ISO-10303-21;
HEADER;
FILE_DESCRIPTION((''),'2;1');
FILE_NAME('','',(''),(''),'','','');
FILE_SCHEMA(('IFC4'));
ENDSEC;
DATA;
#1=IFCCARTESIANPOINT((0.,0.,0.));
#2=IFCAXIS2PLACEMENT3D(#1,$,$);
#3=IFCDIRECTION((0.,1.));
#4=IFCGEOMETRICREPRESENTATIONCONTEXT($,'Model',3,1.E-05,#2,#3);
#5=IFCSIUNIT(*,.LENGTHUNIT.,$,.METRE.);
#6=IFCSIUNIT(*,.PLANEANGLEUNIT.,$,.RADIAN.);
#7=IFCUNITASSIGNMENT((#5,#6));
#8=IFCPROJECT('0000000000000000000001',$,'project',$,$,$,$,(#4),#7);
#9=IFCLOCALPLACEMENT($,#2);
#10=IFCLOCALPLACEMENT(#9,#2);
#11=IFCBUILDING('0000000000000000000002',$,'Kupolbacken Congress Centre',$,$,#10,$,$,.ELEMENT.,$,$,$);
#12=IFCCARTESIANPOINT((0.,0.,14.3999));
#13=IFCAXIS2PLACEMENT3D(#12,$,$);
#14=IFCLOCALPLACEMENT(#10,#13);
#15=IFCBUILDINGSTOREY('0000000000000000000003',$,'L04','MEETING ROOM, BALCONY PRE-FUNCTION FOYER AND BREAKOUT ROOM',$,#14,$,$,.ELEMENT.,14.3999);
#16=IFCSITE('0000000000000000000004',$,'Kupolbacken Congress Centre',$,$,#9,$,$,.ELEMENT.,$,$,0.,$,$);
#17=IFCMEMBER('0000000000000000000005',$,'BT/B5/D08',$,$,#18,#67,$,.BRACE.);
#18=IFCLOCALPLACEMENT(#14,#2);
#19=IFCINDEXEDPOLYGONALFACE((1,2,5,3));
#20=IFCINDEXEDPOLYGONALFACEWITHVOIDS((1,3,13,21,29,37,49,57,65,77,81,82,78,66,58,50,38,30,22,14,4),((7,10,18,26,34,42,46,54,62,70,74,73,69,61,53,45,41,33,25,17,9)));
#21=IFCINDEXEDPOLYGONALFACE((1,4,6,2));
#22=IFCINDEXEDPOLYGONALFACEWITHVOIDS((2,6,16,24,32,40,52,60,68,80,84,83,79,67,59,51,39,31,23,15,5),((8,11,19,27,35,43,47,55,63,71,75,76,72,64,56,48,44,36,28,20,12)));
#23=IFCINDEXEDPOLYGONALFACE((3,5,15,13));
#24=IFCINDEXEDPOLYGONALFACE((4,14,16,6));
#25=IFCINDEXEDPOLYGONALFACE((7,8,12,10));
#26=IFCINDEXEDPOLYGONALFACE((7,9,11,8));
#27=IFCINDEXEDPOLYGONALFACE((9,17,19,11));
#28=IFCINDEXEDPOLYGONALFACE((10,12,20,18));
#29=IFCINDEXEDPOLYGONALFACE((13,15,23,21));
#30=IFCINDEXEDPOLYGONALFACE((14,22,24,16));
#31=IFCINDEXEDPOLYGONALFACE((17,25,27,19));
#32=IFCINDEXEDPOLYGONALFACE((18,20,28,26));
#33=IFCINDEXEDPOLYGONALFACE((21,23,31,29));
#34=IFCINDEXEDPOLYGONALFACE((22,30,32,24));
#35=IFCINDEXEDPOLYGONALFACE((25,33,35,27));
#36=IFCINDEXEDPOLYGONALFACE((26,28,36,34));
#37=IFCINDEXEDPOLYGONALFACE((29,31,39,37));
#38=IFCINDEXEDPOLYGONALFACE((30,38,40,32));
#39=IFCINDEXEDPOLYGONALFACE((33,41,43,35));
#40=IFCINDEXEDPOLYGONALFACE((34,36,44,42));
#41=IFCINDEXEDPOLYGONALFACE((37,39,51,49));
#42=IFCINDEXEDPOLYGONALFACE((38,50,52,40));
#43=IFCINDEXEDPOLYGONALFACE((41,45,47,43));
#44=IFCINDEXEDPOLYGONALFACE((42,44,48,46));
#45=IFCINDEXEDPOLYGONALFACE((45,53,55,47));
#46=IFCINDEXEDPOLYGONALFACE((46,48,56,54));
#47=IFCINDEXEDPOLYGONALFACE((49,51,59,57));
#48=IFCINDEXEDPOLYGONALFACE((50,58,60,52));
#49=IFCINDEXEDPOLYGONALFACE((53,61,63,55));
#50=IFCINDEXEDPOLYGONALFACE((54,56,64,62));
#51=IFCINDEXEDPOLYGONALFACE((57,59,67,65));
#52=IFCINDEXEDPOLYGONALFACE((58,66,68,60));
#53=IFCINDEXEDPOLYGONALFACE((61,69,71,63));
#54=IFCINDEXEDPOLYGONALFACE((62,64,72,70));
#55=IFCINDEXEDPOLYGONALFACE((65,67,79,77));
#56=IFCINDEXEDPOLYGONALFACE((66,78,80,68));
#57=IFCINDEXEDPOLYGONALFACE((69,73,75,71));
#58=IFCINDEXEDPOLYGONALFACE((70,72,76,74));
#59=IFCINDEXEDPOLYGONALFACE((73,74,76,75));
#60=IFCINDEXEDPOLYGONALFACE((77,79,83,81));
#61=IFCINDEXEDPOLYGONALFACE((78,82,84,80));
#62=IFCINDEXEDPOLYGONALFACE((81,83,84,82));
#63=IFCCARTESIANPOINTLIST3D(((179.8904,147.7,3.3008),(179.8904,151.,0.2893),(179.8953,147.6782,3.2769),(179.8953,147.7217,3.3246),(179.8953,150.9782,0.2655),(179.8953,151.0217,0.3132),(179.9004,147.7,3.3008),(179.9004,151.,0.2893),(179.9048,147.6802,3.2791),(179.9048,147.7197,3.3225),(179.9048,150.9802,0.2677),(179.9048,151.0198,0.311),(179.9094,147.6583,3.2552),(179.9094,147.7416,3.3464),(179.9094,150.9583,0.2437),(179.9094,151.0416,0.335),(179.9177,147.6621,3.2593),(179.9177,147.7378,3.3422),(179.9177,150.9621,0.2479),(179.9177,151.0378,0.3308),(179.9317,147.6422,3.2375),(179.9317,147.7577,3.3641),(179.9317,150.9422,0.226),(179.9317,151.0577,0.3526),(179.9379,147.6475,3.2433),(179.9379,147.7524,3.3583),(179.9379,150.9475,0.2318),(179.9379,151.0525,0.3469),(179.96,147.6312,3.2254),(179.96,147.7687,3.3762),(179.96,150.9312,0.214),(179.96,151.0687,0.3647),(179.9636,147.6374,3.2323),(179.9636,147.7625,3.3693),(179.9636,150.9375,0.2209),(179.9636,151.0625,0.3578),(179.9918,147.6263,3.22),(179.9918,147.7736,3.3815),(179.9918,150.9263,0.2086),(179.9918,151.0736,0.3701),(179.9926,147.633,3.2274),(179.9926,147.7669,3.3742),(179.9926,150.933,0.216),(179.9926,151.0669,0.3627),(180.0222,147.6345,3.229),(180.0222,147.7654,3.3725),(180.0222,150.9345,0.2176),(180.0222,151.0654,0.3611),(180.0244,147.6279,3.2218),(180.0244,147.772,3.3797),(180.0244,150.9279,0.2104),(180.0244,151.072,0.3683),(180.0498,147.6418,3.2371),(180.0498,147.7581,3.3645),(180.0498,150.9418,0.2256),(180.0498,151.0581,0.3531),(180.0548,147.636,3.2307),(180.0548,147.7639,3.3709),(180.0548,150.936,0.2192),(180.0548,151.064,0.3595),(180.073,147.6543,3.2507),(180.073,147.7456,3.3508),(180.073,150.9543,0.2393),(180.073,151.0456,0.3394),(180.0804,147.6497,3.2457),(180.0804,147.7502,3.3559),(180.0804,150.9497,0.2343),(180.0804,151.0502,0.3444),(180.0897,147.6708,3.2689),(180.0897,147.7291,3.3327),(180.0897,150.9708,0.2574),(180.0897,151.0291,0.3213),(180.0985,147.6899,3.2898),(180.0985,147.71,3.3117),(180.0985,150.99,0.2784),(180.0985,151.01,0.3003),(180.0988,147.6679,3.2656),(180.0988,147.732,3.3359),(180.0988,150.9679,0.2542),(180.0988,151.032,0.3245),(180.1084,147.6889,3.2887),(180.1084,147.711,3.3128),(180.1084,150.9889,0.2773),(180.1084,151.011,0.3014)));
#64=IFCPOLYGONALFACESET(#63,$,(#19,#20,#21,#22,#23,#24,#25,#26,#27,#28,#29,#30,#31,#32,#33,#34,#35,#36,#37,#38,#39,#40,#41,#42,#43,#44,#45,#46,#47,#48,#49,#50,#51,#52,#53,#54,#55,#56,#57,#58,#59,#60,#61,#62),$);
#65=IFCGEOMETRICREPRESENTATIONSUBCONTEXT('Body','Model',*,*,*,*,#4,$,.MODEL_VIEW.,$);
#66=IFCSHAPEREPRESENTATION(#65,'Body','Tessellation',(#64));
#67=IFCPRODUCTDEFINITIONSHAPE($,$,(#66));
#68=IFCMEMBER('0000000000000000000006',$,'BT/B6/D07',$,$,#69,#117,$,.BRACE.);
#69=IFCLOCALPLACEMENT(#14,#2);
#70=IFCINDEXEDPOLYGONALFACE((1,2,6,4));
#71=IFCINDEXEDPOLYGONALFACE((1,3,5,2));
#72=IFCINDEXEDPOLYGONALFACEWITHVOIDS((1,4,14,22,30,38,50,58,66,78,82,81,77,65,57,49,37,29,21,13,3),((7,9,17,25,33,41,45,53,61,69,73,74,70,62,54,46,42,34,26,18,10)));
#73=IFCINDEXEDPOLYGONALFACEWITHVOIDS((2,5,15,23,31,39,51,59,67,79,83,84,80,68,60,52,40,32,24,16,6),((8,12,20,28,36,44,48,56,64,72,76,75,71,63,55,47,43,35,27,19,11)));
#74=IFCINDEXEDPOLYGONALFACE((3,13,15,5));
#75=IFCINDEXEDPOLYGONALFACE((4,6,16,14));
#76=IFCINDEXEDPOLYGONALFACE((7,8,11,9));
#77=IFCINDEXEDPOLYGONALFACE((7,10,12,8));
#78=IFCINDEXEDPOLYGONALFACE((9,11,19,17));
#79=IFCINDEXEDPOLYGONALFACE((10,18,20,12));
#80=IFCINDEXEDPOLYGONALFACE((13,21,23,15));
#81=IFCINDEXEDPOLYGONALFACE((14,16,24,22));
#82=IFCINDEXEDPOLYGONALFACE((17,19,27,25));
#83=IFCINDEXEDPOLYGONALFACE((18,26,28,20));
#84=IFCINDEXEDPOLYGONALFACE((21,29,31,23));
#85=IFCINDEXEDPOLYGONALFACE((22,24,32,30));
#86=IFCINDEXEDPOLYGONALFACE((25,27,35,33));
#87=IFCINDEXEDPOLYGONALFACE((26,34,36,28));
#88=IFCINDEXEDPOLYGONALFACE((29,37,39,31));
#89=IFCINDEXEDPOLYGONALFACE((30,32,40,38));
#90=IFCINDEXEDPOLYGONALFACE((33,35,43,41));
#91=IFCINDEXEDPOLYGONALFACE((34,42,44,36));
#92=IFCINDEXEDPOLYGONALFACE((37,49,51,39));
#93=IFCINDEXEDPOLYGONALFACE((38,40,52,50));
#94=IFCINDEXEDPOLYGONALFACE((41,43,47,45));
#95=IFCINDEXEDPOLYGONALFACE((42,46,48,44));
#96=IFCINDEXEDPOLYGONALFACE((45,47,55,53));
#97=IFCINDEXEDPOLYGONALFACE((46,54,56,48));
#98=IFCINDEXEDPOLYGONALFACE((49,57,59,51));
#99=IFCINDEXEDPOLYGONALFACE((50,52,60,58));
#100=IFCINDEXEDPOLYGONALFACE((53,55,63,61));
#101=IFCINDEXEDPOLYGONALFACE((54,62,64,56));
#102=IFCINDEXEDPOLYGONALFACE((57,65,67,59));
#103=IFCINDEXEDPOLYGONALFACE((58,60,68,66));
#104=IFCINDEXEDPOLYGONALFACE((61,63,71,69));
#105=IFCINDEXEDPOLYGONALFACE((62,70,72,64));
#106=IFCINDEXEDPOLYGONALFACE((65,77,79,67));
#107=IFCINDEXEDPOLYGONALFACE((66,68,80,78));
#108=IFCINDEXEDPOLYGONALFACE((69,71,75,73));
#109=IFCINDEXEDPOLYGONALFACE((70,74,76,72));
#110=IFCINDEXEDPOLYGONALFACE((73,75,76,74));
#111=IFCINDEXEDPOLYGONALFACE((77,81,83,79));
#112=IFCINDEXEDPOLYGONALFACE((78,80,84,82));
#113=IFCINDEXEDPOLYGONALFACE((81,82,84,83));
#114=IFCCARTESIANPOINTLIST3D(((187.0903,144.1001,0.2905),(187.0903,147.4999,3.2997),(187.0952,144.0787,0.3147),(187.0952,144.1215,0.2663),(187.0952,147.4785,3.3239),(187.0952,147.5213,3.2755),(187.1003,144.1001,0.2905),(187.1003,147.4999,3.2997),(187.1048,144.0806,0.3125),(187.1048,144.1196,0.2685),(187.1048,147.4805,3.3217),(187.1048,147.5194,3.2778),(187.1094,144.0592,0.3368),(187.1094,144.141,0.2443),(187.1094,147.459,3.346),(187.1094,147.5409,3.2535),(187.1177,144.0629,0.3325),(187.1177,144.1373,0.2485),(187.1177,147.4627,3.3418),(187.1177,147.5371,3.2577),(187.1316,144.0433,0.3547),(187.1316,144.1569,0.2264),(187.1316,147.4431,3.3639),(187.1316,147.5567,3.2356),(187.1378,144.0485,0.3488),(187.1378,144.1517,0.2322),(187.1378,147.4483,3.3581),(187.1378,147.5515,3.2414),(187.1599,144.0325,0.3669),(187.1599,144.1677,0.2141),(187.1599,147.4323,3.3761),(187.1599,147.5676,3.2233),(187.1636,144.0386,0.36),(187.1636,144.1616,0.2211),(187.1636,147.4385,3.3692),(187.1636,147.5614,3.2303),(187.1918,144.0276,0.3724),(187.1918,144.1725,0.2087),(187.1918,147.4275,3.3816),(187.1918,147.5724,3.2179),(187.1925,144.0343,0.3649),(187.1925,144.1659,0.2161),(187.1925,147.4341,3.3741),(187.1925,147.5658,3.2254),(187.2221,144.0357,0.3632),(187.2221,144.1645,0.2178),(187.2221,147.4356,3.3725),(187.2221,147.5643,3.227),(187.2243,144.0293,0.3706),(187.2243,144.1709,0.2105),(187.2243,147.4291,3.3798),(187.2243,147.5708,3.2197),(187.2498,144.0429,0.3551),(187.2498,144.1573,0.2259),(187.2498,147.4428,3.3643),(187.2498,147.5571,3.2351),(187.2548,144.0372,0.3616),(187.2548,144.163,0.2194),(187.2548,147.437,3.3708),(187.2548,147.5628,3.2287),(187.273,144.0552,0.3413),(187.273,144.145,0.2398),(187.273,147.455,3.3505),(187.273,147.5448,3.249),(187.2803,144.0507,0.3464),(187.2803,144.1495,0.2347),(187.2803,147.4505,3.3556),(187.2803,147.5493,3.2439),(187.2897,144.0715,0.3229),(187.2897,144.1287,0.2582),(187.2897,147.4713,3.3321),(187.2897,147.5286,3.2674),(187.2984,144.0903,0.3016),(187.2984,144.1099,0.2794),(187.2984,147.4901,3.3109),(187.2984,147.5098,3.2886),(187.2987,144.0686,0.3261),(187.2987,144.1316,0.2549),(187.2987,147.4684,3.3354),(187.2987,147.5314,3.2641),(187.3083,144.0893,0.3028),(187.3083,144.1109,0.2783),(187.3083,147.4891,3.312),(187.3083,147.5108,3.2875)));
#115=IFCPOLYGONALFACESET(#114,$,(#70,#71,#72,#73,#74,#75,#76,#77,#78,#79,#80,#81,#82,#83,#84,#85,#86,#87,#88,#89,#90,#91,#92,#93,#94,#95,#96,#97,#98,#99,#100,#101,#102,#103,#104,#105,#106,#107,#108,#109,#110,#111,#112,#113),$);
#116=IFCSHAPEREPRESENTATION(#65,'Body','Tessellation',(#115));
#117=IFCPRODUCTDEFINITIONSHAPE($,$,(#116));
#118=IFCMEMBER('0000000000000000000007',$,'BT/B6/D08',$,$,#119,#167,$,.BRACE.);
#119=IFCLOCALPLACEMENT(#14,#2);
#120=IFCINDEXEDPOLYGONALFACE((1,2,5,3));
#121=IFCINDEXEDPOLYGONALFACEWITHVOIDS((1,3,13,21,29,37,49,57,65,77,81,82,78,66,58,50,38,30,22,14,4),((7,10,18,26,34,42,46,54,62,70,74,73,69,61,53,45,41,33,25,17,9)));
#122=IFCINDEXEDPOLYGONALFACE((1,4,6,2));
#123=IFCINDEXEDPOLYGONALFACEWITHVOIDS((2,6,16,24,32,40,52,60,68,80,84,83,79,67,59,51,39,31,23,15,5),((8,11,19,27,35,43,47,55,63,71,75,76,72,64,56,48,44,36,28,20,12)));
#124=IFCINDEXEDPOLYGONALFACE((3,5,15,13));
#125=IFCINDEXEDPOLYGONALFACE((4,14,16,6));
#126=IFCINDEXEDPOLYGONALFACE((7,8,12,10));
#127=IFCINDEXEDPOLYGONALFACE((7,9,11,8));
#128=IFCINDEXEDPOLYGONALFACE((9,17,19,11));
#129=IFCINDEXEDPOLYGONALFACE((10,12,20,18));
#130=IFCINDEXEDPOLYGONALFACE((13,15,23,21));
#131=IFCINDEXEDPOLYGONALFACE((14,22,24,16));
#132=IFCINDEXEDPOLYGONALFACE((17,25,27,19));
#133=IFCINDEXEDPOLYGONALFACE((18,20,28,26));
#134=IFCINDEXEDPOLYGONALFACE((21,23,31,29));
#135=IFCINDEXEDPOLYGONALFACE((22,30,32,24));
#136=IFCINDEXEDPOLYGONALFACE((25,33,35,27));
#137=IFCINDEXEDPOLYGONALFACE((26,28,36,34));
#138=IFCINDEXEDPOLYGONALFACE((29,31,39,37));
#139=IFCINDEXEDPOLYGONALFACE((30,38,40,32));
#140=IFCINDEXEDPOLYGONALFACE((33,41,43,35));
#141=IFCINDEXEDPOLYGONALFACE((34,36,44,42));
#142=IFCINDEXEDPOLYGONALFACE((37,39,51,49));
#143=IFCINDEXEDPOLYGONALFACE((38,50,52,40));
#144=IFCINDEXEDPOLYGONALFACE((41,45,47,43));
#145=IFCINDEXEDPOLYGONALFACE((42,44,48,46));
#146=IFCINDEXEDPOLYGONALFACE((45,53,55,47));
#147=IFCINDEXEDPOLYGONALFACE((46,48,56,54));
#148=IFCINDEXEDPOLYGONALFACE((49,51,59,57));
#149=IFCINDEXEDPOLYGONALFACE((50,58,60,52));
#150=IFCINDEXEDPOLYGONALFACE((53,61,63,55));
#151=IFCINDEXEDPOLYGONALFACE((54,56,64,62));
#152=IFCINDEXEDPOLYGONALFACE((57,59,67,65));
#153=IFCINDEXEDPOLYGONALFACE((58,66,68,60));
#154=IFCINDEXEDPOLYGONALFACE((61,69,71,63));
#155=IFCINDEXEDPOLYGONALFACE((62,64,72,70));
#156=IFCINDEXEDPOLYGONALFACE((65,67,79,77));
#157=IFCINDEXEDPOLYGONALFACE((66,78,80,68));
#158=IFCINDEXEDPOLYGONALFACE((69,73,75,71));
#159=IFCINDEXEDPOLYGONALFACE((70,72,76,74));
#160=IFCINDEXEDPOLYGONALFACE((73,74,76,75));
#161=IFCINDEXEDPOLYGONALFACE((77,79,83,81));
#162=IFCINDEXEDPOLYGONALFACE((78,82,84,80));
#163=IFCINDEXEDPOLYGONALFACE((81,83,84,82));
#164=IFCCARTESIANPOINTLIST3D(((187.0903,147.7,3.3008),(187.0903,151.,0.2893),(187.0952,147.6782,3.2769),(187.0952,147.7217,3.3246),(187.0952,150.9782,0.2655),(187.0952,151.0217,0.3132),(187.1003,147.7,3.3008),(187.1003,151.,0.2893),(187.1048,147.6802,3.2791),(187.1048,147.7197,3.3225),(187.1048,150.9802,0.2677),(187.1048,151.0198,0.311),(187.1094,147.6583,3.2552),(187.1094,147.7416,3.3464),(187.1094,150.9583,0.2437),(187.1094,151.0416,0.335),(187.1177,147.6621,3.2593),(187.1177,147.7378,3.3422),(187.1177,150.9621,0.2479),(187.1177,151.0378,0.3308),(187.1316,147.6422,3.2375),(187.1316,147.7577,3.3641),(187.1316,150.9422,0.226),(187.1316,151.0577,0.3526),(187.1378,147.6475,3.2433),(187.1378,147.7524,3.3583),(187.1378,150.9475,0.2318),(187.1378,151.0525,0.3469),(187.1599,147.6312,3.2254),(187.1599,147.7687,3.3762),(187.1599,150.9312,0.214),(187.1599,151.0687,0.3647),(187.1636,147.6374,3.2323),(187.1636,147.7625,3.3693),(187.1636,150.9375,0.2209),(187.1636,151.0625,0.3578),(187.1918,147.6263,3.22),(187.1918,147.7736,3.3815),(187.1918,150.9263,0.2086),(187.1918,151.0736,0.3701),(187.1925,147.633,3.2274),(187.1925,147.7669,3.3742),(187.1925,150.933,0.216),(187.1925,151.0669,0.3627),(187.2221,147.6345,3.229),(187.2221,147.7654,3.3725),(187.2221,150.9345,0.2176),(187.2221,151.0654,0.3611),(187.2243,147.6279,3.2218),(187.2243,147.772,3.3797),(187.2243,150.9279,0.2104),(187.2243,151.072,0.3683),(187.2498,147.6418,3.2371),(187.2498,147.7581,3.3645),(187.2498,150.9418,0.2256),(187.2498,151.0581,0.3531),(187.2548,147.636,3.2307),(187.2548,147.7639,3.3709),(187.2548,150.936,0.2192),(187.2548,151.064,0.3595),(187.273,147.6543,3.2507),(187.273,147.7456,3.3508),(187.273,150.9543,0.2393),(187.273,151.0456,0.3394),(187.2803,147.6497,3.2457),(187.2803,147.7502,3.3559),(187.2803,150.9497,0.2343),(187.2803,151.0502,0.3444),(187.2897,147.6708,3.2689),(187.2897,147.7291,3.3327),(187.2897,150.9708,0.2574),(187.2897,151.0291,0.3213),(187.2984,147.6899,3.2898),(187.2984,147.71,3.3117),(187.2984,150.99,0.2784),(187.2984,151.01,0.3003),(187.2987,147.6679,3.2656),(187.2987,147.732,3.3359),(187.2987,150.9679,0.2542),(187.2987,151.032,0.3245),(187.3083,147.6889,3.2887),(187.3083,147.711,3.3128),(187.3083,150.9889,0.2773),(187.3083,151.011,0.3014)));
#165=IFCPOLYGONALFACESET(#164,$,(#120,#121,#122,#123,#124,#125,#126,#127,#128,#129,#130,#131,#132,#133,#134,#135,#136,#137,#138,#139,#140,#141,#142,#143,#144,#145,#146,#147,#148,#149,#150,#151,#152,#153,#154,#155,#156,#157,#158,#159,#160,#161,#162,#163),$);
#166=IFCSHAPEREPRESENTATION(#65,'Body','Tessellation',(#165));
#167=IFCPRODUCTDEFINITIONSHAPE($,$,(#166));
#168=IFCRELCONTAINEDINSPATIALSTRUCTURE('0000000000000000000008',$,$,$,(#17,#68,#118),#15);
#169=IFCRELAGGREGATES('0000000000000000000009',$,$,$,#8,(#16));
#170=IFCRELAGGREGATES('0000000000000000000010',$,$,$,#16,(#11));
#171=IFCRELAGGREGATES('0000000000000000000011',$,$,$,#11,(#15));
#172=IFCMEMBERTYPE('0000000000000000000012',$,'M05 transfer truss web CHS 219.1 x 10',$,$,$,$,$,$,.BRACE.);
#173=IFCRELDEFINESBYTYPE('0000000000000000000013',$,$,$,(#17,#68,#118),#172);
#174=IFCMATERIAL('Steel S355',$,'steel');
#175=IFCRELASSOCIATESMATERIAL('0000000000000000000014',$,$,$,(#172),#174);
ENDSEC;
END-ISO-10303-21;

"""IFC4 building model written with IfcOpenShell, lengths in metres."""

from ifc_helpers import new_model, si_unit, direction, frame, origin, origin_2d, place, context, subcontext, project, spatial, hollow_circle, extrude, material, material_profile, profile_set, type_object, element, save


model = new_model("IFC4")

# Units and contexts
model_context = context("Model", 3, precision=1e-05, world=origin(), true_north=direction((0.0, 1.0)))
body_context = subcontext(model_context, "Body", "Model", "MODEL_VIEW")
ifc_project = project(units=[si_unit("LENGTHUNIT", "METRE"), si_unit("PLANEANGLEUNIT", "RADIAN")], contexts=[model_context])

# Site, building, storey
site_placement = place(None, origin())
site = spatial("IfcSite", under=ifc_project, at=site_placement, Name="Kupolbacken Congress Centre", CompositionType="ELEMENT", RefElevation=0.0)
building_placement = place(site_placement, origin())
building = spatial("IfcBuilding", under=site, at=building_placement, Name="Kupolbacken Congress Centre", CompositionType="ELEMENT")
storey_placement = place(building_placement, frame((0.0, 0.0, 14.3999)))
storey = spatial("IfcBuildingStorey", under=building, at=storey_placement, Name="L04", Description="MEETING ROOM, BALCONY PRE-FUNCTION FOYER AND BREAKOUT ROOM", CompositionType="ELEMENT", Elevation=14.3999)

# Members
ifc_material_1 = material(Name="Steel S355", Category="steel")
ifc_material_profile_1 = material_profile(ifc_material_1, hollow_circle(Radius=0.1096, WallThickness=0.01, at=origin_2d()), Name="CHS 219.1 x 10")
ifc_profile_set_1 = profile_set([ifc_material_profile_1], Name="Steel S355")
member_type_1 = type_object("IfcMemberType", Name="M05 transfer truss web CHS 219.1 x 10", PredefinedType="BRACE", material=ifc_profile_set_1)
member_1_placement = place(storey_placement, frame((180.0, 147.7, 3.3008), z_axis=(0.0, 0.738665, -0.674072), x_axis=(-1.0, 0.0, 0.0)))
element("IfcMember", 1, at=member_1_placement, inside=storey, type_object=member_type_1, Name="BT/B5/D08", PredefinedType="BRACE", context=body_context, shape_type="SweptSolid", body=[
    extrude(hollow_circle(Radius=0.1096, WallThickness=0.01, at=origin_2d()), origin(), (0.0, 0.0, 1.0), 4.4675),
])
member_2_placement = place(storey_placement, frame((187.2, 144.1001, 0.2905), z_axis=(0.0, 0.748814, 0.66278), x_axis=(-1.0, 0.0, 0.0)))
element("IfcMember", 2, at=member_2_placement, inside=storey, type_object=member_type_1, Name="BT/B6/D07", PredefinedType="BRACE", context=body_context, shape_type="SweptSolid", body=[
    extrude(hollow_circle(Radius=0.1096, WallThickness=0.01, at=origin_2d()), origin(), (0.0, 0.0, 1.0), 4.5403),
])
member_3_placement = place(storey_placement, frame((187.2, 147.7, 3.3008), z_axis=(0.0, 0.738665, -0.674072), x_axis=(-1.0, 0.0, 0.0)))
element("IfcMember", 3, at=member_3_placement, inside=storey, type_object=member_type_1, Name="BT/B6/D08", PredefinedType="BRACE", context=body_context, shape_type="SweptSolid", body=[
    extrude(hollow_circle(Radius=0.1096, WallThickness=0.01, at=origin_2d()), origin(), (0.0, 0.0, 1.0), 4.4675),
])

save(model, "model.ifc")
